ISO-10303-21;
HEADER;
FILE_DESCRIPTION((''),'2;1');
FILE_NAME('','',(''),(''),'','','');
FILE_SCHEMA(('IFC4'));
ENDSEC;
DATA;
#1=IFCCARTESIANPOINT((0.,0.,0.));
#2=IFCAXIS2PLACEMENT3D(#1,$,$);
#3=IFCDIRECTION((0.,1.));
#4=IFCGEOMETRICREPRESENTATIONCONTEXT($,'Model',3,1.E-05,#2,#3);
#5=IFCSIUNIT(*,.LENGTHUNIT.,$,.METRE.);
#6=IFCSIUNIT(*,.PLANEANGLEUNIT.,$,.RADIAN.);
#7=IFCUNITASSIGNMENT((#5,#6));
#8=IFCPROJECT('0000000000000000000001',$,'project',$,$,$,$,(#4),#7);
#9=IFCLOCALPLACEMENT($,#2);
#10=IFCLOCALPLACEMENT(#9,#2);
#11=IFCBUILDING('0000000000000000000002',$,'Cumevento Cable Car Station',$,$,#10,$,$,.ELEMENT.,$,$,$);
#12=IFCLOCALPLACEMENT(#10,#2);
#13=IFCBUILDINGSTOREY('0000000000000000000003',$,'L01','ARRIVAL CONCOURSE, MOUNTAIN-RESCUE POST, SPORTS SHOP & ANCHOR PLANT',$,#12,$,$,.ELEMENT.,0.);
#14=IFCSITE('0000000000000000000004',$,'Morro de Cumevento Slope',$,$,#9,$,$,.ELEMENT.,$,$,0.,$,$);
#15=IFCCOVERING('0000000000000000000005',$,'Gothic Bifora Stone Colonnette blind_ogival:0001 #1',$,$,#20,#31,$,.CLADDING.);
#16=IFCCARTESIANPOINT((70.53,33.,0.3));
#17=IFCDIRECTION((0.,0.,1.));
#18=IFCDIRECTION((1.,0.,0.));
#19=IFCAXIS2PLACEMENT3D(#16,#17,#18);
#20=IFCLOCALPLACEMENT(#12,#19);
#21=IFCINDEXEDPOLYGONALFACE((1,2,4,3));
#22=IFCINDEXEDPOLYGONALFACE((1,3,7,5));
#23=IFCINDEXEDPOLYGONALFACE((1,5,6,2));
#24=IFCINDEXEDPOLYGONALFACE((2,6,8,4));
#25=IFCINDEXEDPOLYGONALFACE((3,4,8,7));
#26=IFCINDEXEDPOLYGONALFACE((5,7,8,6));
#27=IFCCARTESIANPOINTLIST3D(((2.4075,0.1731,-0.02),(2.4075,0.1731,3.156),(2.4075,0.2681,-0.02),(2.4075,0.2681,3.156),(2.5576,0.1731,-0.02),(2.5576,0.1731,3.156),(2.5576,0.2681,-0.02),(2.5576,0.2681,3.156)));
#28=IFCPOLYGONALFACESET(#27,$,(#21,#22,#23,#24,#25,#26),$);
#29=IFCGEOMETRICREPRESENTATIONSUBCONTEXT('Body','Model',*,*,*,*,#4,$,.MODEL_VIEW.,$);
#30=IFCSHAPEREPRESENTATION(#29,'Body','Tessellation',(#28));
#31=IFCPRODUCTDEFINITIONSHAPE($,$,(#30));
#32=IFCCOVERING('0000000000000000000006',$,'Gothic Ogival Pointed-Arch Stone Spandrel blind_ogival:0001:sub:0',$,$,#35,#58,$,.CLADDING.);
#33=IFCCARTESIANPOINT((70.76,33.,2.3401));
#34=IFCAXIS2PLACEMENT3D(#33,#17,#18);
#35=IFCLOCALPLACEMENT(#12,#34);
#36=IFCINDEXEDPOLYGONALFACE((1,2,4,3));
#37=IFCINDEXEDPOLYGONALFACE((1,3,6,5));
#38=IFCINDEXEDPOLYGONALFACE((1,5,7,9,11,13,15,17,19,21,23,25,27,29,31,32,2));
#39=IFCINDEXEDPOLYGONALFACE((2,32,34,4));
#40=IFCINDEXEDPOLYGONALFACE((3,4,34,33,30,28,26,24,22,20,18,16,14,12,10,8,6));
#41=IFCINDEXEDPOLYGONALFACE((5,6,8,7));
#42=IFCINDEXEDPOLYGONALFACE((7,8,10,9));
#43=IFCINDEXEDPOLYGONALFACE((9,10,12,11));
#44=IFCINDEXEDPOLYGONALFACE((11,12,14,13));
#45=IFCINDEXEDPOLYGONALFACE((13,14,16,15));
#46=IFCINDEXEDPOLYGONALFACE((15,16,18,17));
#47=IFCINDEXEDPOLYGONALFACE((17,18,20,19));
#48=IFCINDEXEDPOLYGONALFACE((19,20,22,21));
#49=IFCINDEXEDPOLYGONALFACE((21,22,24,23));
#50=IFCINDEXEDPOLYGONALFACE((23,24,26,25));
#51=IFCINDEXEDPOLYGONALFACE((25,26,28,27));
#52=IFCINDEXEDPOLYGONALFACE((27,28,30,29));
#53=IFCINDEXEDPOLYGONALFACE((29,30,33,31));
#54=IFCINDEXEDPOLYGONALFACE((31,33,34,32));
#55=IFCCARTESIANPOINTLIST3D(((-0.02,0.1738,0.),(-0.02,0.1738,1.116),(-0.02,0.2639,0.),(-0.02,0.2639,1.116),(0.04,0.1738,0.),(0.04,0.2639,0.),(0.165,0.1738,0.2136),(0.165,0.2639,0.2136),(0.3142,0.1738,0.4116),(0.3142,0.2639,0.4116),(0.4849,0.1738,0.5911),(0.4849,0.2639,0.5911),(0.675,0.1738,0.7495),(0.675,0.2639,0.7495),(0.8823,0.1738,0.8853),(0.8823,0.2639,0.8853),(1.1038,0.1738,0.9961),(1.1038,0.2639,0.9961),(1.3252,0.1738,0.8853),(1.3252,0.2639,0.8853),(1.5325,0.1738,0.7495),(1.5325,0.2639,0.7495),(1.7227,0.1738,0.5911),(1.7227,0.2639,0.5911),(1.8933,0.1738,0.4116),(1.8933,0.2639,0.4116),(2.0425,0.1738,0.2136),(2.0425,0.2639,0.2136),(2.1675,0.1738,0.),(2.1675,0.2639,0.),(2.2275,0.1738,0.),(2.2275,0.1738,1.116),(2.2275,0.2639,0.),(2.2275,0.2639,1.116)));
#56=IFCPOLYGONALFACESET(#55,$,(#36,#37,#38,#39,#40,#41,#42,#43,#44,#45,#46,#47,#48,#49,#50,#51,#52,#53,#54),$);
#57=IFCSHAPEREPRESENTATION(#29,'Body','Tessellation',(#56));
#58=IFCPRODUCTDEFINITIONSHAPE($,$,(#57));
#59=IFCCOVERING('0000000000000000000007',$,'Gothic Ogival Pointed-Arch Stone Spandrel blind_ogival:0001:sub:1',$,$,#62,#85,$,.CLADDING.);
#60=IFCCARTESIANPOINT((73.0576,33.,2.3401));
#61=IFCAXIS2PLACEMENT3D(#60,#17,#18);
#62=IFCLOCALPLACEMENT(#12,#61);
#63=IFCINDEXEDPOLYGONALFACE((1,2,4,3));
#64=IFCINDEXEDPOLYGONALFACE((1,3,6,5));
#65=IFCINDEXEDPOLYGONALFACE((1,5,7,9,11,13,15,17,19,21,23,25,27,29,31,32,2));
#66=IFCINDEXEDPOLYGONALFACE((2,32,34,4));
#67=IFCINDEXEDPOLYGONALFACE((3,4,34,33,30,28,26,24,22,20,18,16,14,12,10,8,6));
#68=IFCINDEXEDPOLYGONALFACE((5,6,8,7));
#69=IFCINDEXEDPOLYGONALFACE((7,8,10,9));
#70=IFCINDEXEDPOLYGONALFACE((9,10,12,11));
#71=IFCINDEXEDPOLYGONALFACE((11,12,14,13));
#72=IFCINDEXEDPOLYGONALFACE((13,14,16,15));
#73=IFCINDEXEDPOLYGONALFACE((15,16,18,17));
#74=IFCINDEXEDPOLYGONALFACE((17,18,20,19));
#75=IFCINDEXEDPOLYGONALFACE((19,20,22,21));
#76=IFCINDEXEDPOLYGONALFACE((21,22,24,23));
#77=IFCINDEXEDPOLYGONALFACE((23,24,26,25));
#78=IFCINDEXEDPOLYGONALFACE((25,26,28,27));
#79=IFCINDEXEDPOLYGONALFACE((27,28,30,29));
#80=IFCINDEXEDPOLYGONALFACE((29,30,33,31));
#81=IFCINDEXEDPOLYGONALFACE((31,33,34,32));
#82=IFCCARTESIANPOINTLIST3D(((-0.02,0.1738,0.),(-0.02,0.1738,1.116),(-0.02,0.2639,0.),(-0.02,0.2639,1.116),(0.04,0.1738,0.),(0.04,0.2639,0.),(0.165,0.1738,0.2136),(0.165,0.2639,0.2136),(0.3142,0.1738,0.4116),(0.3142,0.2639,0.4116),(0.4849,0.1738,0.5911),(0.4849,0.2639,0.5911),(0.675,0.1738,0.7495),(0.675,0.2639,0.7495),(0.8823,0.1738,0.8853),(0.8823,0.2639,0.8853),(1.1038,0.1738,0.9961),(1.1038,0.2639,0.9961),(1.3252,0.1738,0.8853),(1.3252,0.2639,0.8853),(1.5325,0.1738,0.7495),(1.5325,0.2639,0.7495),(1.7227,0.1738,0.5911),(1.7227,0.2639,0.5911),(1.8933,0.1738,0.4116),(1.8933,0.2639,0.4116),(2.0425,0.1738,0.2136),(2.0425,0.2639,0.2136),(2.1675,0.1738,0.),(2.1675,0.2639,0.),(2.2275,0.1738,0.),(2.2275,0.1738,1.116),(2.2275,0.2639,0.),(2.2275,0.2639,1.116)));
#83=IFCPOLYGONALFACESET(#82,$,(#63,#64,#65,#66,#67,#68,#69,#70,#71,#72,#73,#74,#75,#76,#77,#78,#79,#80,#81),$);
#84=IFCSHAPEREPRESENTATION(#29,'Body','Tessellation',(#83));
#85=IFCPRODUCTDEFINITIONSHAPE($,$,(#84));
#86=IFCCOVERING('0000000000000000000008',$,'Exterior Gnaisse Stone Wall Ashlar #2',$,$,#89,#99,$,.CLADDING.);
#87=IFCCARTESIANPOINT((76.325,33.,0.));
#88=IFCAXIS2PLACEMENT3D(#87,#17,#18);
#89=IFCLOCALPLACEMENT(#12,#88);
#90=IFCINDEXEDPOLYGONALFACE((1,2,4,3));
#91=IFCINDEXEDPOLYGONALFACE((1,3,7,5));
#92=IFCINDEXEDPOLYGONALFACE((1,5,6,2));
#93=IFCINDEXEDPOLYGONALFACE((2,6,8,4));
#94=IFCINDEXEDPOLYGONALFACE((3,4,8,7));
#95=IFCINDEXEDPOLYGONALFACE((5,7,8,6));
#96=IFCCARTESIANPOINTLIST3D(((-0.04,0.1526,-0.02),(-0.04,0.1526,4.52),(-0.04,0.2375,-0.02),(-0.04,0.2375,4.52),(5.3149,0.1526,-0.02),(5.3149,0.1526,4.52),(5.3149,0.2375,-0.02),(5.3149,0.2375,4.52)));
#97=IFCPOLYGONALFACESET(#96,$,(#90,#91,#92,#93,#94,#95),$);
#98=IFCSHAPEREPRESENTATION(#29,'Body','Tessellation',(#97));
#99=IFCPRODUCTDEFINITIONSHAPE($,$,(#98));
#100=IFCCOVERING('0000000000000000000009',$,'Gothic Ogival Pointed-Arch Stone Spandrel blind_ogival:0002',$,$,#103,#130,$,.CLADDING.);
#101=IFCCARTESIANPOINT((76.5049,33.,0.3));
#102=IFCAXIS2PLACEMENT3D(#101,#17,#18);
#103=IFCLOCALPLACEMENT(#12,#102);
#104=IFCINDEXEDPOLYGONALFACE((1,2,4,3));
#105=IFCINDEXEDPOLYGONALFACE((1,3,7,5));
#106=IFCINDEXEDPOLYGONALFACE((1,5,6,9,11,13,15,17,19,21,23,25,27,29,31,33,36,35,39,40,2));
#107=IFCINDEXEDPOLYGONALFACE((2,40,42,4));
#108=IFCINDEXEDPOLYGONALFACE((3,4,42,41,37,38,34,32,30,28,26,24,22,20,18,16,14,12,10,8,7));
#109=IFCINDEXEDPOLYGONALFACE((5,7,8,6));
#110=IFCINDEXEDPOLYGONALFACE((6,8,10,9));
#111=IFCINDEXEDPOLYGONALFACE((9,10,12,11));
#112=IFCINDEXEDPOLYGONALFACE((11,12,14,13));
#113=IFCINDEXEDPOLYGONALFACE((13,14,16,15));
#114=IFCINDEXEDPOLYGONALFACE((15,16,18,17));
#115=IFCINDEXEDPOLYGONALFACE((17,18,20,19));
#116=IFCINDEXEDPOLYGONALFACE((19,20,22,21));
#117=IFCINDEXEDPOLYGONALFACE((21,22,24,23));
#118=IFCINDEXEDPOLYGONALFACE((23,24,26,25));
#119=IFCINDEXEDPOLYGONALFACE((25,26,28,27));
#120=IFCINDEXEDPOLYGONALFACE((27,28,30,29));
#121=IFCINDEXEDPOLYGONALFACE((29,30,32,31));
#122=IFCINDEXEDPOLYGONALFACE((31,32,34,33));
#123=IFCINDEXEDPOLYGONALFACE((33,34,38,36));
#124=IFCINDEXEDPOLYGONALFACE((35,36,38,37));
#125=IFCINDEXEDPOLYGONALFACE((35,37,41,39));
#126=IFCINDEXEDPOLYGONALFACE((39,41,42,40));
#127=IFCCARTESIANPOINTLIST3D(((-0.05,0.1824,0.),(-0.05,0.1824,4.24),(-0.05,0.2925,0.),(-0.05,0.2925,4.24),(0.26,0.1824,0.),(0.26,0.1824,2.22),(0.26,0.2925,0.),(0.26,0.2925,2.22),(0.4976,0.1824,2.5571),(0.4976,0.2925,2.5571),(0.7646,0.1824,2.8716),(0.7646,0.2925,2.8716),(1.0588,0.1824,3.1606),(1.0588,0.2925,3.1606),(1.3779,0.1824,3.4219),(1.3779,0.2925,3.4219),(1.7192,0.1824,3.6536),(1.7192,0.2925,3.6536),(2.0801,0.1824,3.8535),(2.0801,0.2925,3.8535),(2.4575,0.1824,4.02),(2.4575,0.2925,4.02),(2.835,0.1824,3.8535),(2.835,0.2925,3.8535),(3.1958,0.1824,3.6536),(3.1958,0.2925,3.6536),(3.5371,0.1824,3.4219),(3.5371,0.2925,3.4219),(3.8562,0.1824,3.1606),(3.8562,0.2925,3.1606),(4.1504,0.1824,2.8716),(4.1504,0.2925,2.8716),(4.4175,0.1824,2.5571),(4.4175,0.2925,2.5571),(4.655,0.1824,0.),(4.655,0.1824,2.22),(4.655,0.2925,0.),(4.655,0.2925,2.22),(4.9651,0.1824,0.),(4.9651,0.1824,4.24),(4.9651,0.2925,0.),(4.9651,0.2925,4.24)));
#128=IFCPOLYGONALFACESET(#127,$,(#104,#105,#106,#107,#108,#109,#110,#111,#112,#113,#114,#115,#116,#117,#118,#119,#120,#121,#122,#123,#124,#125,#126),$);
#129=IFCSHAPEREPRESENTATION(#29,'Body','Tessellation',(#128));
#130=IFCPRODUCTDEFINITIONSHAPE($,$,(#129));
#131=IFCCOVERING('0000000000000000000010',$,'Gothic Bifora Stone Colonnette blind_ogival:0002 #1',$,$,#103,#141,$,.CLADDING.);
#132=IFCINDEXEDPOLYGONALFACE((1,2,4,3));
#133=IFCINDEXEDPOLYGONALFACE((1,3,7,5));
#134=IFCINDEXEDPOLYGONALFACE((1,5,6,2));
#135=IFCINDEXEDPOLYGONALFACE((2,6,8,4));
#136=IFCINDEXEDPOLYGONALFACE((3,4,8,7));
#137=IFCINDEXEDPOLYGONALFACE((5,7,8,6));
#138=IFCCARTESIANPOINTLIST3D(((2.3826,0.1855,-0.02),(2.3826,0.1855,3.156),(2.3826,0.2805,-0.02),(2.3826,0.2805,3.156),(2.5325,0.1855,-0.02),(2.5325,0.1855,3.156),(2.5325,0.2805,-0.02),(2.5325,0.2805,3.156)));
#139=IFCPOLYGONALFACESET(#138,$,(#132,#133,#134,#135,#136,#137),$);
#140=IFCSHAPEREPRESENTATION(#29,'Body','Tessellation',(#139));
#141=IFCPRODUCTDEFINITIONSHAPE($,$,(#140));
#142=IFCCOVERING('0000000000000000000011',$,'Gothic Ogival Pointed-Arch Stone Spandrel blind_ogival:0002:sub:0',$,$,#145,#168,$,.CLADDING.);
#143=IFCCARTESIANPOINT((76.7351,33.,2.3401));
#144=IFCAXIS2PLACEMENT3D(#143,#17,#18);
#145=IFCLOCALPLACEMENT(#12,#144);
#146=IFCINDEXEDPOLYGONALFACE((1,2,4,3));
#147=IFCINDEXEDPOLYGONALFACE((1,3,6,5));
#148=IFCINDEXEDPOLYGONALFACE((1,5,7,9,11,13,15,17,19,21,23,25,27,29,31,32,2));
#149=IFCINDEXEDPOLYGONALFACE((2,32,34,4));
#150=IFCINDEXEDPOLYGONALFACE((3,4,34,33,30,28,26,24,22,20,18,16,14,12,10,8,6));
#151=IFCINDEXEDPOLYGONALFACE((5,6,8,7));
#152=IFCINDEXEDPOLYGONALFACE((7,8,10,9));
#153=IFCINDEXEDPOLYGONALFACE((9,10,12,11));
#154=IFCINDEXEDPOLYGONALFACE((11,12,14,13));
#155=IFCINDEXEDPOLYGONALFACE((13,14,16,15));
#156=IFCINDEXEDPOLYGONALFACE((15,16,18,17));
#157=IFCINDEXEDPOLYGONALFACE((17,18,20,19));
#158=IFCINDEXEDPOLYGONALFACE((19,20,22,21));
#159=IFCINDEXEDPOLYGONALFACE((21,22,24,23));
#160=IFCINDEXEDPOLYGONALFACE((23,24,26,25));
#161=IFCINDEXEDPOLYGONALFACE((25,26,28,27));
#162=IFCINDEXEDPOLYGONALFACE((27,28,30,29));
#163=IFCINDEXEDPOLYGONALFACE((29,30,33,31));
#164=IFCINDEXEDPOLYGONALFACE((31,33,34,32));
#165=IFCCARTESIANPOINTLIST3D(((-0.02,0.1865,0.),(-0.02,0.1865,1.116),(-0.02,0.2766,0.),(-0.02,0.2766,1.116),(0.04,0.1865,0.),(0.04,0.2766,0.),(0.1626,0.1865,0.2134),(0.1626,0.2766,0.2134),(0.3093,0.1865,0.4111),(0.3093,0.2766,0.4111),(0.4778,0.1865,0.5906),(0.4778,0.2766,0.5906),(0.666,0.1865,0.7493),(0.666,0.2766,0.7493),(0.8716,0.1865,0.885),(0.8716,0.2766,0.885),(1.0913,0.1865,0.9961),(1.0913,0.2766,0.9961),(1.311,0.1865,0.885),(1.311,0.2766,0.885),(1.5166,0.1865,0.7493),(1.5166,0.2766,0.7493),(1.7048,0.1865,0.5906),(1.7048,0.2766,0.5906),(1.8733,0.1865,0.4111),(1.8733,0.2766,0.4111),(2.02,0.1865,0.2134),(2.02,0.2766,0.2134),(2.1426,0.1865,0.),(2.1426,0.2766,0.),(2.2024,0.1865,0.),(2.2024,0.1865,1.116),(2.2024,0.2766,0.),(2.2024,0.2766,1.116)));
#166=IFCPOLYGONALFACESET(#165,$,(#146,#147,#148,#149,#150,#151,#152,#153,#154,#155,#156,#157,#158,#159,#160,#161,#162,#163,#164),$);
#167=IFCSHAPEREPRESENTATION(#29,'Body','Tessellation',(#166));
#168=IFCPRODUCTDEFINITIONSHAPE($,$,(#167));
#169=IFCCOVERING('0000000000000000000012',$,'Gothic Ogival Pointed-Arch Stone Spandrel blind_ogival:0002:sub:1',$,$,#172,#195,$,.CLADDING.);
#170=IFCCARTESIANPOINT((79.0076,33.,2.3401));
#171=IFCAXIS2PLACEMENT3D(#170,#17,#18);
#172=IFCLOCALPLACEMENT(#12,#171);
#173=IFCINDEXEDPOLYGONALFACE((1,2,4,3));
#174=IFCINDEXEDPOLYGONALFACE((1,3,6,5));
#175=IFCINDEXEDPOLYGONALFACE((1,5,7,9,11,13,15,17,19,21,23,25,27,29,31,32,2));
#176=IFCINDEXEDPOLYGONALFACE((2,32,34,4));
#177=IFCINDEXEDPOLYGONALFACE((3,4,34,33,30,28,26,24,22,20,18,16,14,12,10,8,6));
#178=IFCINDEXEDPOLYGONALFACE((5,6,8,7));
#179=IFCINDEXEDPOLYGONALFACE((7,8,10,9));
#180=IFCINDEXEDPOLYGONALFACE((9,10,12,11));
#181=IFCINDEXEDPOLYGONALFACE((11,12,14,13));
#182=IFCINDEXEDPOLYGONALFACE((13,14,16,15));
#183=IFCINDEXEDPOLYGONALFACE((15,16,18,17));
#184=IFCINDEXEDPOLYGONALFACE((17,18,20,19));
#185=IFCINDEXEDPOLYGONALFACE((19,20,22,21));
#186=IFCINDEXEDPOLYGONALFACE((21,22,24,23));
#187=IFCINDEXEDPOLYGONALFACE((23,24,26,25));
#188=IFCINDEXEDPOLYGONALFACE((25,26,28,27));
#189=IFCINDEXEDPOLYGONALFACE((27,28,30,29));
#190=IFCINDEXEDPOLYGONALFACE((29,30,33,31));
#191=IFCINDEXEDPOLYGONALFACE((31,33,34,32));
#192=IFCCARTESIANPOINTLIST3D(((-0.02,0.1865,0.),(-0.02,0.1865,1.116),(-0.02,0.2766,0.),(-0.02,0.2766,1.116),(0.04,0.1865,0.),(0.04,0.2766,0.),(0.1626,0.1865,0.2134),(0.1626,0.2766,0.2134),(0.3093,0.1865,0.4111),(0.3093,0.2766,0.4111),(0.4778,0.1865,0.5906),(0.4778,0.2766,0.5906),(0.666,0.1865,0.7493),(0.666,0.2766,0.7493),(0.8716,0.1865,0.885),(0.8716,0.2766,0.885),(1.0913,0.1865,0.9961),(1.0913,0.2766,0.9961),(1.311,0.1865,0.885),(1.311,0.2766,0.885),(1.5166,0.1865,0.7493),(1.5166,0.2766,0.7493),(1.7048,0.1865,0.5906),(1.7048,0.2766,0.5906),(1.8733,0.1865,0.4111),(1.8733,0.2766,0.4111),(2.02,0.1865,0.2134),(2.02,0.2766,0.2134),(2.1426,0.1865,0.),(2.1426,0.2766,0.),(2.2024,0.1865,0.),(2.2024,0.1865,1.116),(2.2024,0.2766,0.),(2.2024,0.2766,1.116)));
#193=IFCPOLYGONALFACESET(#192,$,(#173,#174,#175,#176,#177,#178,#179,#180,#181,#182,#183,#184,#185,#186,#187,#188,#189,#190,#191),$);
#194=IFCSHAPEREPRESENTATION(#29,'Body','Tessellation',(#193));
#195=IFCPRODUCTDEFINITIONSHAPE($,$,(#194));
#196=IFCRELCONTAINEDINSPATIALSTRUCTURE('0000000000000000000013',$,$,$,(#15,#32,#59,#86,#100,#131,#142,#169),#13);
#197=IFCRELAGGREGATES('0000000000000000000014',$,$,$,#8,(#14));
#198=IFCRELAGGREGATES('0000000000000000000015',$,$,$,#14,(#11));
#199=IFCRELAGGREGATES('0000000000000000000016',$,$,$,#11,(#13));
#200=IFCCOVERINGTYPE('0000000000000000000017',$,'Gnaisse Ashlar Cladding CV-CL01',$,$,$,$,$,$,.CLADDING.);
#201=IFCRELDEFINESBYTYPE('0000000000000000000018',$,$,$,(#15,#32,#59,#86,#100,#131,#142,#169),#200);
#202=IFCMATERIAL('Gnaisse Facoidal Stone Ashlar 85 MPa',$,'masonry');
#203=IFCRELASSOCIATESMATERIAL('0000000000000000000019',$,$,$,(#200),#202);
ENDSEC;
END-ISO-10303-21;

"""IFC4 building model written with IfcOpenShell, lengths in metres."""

from ifc_helpers import new_model, si_unit, direction, frame, origin, place, context, subcontext, project, spatial, polyline, outline, extrude, material, type_object, element, save


model = new_model("IFC4")

# Units and contexts
model_context = context("Model", 3, precision=1e-05, world=origin(), true_north=direction((0.0, 1.0)))
body_context = subcontext(model_context, "Body", "Model", "MODEL_VIEW")
ifc_project = project(units=[si_unit("LENGTHUNIT", "METRE"), si_unit("PLANEANGLEUNIT", "RADIAN")], contexts=[model_context])

# Site, building, storey
site_placement = place(None, origin())
site = spatial("IfcSite", under=ifc_project, at=site_placement, Name="Morro de Cumevento Slope", CompositionType="ELEMENT", RefElevation=0.0)
building_placement = place(site_placement, origin())
building = spatial("IfcBuilding", under=site, at=building_placement, Name="Cumevento Cable Car Station", CompositionType="ELEMENT")
storey_placement = place(building_placement, origin())
storey = spatial("IfcBuildingStorey", under=building, at=storey_placement, Name="L01", Description="ARRIVAL CONCOURSE, MOUNTAIN-RESCUE POST, SPORTS SHOP & ANCHOR PLANT", CompositionType="ELEMENT", Elevation=0.0)

# Coverings
ifc_material_1 = material(Name="Gnaisse Facoidal Stone Ashlar 85 MPa", Category="masonry")
covering_type = type_object("IfcCoveringType", Name="Gnaisse Ashlar Cladding CV-CL01", PredefinedType="CLADDING", material=ifc_material_1)
covering_1_placement = place(storey_placement, frame((70.53, 33.0, 0.3), z_axis=(0.0, 0.0, 1.0), x_axis=(1.0, 0.0, 0.0)))
element("IfcCovering", 1, at=covering_1_placement, inside=storey, type_object=covering_type, Name="Gothic Bifora Stone Colonnette blind_ogival:0001 #1", PredefinedType="CLADDING", context=body_context, shape_type="SweptSolid", body=[
    extrude(outline(polyline([(2.4075, -0.02), (2.5576, -0.02), (2.5576, 3.156), (2.4075, 3.156), (2.4075, -0.02)])), frame((0.0, 0.2681, 0.0), z_axis=(0.0, -1.0, 0.0), x_axis=(1.0, 0.0, 0.0)), (0.0, 0.0, 1.0), 0.095),
])
for number, where, z_axis, x_axis, name in (
    (2, (70.76, 33.0, 2.3401), (0.0, 0.0, 1.0), (1.0, 0.0, 0.0), "Gothic Ogival Pointed-Arch Stone Spandrel blind_ogival:0001:sub:0"),
    (3, (73.0576, 33.0, 2.3401), (0.0, 0.0, 1.0), (1.0, 0.0, 0.0), "Gothic Ogival Pointed-Arch Stone Spandrel blind_ogival:0001:sub:1"),
):
    element("IfcCovering", number, at=place(storey_placement, frame(where, z_axis=z_axis, x_axis=x_axis)), inside=storey, type_object=covering_type, Name=name, PredefinedType="CLADDING", context=body_context, shape_type="SweptSolid", body=[
        extrude(outline(polyline([(-0.02, 0.0), (-0.02, 1.116), (2.2275, 1.116), (2.2275, 0.0), (2.1675, 0.0), (2.0425, 0.2136), (1.8933, 0.4116), (1.7227, 0.5911), (1.5325, 0.7495), (1.3252, 0.8853), (1.1038, 0.9961), (0.8823, 0.8853), (0.675, 0.7495), (0.4849, 0.5911), (0.3142, 0.4116), (0.165, 0.2136), (0.04, 0.0), (-0.02, 0.0)])), frame((0.0, 0.2639, 0.0), z_axis=(0.0, -1.0, 0.0), x_axis=(1.0, 0.0, 0.0)), (0.0, 0.0, 1.0), 0.0901),
    ])
covering_2_placement = place(storey_placement, frame((76.325, 33.0, 0.0), z_axis=(0.0, 0.0, 1.0), x_axis=(1.0, 0.0, 0.0)))
element("IfcCovering", 4, at=covering_2_placement, inside=storey, type_object=covering_type, Name="Exterior Gnaisse Stone Wall Ashlar #2", PredefinedType="CLADDING", context=body_context, shape_type="SweptSolid", body=[
    extrude(outline(polyline([(-0.04, -0.02), (5.3149, -0.02), (5.3149, 4.52), (-0.04, 4.52), (-0.04, -0.02)])), frame((0.0, 0.2375, 0.0), z_axis=(0.0, -1.0, 0.0), x_axis=(1.0, 0.0, 0.0)), (0.0, 0.0, 1.0), 0.085),
])
placement = place(storey_placement, frame((76.5049, 33.0, 0.3), z_axis=(0.0, 0.0, 1.0), x_axis=(1.0, 0.0, 0.0)))
element("IfcCovering", 5, at=placement, inside=storey, type_object=covering_type, Name="Gothic Ogival Pointed-Arch Stone Spandrel blind_ogival:0002", PredefinedType="CLADDING", context=body_context, shape_type="SweptSolid", body=[
    extrude(outline(polyline([(-0.05, 0.0), (-0.05, 4.24), (4.9651, 4.24), (4.9651, 0.0), (4.655, 0.0), (4.655, 2.22), (4.4175, 2.5571), (4.1504, 2.8716), (3.8562, 3.1606), (3.5371, 3.4219), (3.1958, 3.6536), (2.835, 3.8535), (2.4575, 4.02), (2.0801, 3.8535), (1.7192, 3.6536), (1.3779, 3.4219), (1.0588, 3.1606), (0.7646, 2.8716), (0.4976, 2.5571), (0.26, 2.22), (0.26, 0.0), (-0.05, 0.0)])), frame((0.0, 0.2925, 0.0), z_axis=(0.0, -1.0, 0.0), x_axis=(1.0, 0.0, 0.0)), (0.0, 0.0, 1.0), 0.1101),
])
element("IfcCovering", 6, at=placement, inside=storey, type_object=covering_type, Name="Gothic Bifora Stone Colonnette blind_ogival:0002 #1", PredefinedType="CLADDING", context=body_context, shape_type="SweptSolid", body=[
    extrude(outline(polyline([(2.3826, -0.02), (2.5325, -0.02), (2.5325, 3.156), (2.3826, 3.156), (2.3826, -0.02)])), frame((0.0, 0.2805, 0.0), z_axis=(0.0, -1.0, 0.0), x_axis=(1.0, 0.0, 0.0)), (0.0, 0.0, 1.0), 0.095),
])
for number, where, z_axis, x_axis, name in (
    (7, (76.7351, 33.0, 2.3401), (0.0, 0.0, 1.0), (1.0, 0.0, 0.0), "Gothic Ogival Pointed-Arch Stone Spandrel blind_ogival:0002:sub:0"),
    (8, (79.0076, 33.0, 2.3401), (0.0, 0.0, 1.0), (1.0, 0.0, 0.0), "Gothic Ogival Pointed-Arch Stone Spandrel blind_ogival:0002:sub:1"),
):
    element("IfcCovering", number, at=place(storey_placement, frame(where, z_axis=z_axis, x_axis=x_axis)), inside=storey, type_object=covering_type, Name=name, PredefinedType="CLADDING", context=body_context, shape_type="SweptSolid", body=[
        extrude(outline(polyline([(-0.02, 0.0), (-0.02, 1.116), (2.2024, 1.116), (2.2024, 0.0), (2.1426, 0.0), (2.02, 0.2134), (1.8733, 0.4111), (1.7048, 0.5906), (1.5166, 0.7493), (1.311, 0.885), (1.0913, 0.9961), (0.8716, 0.885), (0.666, 0.7493), (0.4778, 0.5906), (0.3093, 0.4111), (0.1626, 0.2134), (0.04, 0.0), (-0.02, 0.0)])), frame((0.0, 0.2766, 0.0), z_axis=(0.0, -1.0, 0.0), x_axis=(1.0, 0.0, 0.0)), (0.0, 0.0, 1.0), 0.0901),
    ])

save(model, "model.ifc")
